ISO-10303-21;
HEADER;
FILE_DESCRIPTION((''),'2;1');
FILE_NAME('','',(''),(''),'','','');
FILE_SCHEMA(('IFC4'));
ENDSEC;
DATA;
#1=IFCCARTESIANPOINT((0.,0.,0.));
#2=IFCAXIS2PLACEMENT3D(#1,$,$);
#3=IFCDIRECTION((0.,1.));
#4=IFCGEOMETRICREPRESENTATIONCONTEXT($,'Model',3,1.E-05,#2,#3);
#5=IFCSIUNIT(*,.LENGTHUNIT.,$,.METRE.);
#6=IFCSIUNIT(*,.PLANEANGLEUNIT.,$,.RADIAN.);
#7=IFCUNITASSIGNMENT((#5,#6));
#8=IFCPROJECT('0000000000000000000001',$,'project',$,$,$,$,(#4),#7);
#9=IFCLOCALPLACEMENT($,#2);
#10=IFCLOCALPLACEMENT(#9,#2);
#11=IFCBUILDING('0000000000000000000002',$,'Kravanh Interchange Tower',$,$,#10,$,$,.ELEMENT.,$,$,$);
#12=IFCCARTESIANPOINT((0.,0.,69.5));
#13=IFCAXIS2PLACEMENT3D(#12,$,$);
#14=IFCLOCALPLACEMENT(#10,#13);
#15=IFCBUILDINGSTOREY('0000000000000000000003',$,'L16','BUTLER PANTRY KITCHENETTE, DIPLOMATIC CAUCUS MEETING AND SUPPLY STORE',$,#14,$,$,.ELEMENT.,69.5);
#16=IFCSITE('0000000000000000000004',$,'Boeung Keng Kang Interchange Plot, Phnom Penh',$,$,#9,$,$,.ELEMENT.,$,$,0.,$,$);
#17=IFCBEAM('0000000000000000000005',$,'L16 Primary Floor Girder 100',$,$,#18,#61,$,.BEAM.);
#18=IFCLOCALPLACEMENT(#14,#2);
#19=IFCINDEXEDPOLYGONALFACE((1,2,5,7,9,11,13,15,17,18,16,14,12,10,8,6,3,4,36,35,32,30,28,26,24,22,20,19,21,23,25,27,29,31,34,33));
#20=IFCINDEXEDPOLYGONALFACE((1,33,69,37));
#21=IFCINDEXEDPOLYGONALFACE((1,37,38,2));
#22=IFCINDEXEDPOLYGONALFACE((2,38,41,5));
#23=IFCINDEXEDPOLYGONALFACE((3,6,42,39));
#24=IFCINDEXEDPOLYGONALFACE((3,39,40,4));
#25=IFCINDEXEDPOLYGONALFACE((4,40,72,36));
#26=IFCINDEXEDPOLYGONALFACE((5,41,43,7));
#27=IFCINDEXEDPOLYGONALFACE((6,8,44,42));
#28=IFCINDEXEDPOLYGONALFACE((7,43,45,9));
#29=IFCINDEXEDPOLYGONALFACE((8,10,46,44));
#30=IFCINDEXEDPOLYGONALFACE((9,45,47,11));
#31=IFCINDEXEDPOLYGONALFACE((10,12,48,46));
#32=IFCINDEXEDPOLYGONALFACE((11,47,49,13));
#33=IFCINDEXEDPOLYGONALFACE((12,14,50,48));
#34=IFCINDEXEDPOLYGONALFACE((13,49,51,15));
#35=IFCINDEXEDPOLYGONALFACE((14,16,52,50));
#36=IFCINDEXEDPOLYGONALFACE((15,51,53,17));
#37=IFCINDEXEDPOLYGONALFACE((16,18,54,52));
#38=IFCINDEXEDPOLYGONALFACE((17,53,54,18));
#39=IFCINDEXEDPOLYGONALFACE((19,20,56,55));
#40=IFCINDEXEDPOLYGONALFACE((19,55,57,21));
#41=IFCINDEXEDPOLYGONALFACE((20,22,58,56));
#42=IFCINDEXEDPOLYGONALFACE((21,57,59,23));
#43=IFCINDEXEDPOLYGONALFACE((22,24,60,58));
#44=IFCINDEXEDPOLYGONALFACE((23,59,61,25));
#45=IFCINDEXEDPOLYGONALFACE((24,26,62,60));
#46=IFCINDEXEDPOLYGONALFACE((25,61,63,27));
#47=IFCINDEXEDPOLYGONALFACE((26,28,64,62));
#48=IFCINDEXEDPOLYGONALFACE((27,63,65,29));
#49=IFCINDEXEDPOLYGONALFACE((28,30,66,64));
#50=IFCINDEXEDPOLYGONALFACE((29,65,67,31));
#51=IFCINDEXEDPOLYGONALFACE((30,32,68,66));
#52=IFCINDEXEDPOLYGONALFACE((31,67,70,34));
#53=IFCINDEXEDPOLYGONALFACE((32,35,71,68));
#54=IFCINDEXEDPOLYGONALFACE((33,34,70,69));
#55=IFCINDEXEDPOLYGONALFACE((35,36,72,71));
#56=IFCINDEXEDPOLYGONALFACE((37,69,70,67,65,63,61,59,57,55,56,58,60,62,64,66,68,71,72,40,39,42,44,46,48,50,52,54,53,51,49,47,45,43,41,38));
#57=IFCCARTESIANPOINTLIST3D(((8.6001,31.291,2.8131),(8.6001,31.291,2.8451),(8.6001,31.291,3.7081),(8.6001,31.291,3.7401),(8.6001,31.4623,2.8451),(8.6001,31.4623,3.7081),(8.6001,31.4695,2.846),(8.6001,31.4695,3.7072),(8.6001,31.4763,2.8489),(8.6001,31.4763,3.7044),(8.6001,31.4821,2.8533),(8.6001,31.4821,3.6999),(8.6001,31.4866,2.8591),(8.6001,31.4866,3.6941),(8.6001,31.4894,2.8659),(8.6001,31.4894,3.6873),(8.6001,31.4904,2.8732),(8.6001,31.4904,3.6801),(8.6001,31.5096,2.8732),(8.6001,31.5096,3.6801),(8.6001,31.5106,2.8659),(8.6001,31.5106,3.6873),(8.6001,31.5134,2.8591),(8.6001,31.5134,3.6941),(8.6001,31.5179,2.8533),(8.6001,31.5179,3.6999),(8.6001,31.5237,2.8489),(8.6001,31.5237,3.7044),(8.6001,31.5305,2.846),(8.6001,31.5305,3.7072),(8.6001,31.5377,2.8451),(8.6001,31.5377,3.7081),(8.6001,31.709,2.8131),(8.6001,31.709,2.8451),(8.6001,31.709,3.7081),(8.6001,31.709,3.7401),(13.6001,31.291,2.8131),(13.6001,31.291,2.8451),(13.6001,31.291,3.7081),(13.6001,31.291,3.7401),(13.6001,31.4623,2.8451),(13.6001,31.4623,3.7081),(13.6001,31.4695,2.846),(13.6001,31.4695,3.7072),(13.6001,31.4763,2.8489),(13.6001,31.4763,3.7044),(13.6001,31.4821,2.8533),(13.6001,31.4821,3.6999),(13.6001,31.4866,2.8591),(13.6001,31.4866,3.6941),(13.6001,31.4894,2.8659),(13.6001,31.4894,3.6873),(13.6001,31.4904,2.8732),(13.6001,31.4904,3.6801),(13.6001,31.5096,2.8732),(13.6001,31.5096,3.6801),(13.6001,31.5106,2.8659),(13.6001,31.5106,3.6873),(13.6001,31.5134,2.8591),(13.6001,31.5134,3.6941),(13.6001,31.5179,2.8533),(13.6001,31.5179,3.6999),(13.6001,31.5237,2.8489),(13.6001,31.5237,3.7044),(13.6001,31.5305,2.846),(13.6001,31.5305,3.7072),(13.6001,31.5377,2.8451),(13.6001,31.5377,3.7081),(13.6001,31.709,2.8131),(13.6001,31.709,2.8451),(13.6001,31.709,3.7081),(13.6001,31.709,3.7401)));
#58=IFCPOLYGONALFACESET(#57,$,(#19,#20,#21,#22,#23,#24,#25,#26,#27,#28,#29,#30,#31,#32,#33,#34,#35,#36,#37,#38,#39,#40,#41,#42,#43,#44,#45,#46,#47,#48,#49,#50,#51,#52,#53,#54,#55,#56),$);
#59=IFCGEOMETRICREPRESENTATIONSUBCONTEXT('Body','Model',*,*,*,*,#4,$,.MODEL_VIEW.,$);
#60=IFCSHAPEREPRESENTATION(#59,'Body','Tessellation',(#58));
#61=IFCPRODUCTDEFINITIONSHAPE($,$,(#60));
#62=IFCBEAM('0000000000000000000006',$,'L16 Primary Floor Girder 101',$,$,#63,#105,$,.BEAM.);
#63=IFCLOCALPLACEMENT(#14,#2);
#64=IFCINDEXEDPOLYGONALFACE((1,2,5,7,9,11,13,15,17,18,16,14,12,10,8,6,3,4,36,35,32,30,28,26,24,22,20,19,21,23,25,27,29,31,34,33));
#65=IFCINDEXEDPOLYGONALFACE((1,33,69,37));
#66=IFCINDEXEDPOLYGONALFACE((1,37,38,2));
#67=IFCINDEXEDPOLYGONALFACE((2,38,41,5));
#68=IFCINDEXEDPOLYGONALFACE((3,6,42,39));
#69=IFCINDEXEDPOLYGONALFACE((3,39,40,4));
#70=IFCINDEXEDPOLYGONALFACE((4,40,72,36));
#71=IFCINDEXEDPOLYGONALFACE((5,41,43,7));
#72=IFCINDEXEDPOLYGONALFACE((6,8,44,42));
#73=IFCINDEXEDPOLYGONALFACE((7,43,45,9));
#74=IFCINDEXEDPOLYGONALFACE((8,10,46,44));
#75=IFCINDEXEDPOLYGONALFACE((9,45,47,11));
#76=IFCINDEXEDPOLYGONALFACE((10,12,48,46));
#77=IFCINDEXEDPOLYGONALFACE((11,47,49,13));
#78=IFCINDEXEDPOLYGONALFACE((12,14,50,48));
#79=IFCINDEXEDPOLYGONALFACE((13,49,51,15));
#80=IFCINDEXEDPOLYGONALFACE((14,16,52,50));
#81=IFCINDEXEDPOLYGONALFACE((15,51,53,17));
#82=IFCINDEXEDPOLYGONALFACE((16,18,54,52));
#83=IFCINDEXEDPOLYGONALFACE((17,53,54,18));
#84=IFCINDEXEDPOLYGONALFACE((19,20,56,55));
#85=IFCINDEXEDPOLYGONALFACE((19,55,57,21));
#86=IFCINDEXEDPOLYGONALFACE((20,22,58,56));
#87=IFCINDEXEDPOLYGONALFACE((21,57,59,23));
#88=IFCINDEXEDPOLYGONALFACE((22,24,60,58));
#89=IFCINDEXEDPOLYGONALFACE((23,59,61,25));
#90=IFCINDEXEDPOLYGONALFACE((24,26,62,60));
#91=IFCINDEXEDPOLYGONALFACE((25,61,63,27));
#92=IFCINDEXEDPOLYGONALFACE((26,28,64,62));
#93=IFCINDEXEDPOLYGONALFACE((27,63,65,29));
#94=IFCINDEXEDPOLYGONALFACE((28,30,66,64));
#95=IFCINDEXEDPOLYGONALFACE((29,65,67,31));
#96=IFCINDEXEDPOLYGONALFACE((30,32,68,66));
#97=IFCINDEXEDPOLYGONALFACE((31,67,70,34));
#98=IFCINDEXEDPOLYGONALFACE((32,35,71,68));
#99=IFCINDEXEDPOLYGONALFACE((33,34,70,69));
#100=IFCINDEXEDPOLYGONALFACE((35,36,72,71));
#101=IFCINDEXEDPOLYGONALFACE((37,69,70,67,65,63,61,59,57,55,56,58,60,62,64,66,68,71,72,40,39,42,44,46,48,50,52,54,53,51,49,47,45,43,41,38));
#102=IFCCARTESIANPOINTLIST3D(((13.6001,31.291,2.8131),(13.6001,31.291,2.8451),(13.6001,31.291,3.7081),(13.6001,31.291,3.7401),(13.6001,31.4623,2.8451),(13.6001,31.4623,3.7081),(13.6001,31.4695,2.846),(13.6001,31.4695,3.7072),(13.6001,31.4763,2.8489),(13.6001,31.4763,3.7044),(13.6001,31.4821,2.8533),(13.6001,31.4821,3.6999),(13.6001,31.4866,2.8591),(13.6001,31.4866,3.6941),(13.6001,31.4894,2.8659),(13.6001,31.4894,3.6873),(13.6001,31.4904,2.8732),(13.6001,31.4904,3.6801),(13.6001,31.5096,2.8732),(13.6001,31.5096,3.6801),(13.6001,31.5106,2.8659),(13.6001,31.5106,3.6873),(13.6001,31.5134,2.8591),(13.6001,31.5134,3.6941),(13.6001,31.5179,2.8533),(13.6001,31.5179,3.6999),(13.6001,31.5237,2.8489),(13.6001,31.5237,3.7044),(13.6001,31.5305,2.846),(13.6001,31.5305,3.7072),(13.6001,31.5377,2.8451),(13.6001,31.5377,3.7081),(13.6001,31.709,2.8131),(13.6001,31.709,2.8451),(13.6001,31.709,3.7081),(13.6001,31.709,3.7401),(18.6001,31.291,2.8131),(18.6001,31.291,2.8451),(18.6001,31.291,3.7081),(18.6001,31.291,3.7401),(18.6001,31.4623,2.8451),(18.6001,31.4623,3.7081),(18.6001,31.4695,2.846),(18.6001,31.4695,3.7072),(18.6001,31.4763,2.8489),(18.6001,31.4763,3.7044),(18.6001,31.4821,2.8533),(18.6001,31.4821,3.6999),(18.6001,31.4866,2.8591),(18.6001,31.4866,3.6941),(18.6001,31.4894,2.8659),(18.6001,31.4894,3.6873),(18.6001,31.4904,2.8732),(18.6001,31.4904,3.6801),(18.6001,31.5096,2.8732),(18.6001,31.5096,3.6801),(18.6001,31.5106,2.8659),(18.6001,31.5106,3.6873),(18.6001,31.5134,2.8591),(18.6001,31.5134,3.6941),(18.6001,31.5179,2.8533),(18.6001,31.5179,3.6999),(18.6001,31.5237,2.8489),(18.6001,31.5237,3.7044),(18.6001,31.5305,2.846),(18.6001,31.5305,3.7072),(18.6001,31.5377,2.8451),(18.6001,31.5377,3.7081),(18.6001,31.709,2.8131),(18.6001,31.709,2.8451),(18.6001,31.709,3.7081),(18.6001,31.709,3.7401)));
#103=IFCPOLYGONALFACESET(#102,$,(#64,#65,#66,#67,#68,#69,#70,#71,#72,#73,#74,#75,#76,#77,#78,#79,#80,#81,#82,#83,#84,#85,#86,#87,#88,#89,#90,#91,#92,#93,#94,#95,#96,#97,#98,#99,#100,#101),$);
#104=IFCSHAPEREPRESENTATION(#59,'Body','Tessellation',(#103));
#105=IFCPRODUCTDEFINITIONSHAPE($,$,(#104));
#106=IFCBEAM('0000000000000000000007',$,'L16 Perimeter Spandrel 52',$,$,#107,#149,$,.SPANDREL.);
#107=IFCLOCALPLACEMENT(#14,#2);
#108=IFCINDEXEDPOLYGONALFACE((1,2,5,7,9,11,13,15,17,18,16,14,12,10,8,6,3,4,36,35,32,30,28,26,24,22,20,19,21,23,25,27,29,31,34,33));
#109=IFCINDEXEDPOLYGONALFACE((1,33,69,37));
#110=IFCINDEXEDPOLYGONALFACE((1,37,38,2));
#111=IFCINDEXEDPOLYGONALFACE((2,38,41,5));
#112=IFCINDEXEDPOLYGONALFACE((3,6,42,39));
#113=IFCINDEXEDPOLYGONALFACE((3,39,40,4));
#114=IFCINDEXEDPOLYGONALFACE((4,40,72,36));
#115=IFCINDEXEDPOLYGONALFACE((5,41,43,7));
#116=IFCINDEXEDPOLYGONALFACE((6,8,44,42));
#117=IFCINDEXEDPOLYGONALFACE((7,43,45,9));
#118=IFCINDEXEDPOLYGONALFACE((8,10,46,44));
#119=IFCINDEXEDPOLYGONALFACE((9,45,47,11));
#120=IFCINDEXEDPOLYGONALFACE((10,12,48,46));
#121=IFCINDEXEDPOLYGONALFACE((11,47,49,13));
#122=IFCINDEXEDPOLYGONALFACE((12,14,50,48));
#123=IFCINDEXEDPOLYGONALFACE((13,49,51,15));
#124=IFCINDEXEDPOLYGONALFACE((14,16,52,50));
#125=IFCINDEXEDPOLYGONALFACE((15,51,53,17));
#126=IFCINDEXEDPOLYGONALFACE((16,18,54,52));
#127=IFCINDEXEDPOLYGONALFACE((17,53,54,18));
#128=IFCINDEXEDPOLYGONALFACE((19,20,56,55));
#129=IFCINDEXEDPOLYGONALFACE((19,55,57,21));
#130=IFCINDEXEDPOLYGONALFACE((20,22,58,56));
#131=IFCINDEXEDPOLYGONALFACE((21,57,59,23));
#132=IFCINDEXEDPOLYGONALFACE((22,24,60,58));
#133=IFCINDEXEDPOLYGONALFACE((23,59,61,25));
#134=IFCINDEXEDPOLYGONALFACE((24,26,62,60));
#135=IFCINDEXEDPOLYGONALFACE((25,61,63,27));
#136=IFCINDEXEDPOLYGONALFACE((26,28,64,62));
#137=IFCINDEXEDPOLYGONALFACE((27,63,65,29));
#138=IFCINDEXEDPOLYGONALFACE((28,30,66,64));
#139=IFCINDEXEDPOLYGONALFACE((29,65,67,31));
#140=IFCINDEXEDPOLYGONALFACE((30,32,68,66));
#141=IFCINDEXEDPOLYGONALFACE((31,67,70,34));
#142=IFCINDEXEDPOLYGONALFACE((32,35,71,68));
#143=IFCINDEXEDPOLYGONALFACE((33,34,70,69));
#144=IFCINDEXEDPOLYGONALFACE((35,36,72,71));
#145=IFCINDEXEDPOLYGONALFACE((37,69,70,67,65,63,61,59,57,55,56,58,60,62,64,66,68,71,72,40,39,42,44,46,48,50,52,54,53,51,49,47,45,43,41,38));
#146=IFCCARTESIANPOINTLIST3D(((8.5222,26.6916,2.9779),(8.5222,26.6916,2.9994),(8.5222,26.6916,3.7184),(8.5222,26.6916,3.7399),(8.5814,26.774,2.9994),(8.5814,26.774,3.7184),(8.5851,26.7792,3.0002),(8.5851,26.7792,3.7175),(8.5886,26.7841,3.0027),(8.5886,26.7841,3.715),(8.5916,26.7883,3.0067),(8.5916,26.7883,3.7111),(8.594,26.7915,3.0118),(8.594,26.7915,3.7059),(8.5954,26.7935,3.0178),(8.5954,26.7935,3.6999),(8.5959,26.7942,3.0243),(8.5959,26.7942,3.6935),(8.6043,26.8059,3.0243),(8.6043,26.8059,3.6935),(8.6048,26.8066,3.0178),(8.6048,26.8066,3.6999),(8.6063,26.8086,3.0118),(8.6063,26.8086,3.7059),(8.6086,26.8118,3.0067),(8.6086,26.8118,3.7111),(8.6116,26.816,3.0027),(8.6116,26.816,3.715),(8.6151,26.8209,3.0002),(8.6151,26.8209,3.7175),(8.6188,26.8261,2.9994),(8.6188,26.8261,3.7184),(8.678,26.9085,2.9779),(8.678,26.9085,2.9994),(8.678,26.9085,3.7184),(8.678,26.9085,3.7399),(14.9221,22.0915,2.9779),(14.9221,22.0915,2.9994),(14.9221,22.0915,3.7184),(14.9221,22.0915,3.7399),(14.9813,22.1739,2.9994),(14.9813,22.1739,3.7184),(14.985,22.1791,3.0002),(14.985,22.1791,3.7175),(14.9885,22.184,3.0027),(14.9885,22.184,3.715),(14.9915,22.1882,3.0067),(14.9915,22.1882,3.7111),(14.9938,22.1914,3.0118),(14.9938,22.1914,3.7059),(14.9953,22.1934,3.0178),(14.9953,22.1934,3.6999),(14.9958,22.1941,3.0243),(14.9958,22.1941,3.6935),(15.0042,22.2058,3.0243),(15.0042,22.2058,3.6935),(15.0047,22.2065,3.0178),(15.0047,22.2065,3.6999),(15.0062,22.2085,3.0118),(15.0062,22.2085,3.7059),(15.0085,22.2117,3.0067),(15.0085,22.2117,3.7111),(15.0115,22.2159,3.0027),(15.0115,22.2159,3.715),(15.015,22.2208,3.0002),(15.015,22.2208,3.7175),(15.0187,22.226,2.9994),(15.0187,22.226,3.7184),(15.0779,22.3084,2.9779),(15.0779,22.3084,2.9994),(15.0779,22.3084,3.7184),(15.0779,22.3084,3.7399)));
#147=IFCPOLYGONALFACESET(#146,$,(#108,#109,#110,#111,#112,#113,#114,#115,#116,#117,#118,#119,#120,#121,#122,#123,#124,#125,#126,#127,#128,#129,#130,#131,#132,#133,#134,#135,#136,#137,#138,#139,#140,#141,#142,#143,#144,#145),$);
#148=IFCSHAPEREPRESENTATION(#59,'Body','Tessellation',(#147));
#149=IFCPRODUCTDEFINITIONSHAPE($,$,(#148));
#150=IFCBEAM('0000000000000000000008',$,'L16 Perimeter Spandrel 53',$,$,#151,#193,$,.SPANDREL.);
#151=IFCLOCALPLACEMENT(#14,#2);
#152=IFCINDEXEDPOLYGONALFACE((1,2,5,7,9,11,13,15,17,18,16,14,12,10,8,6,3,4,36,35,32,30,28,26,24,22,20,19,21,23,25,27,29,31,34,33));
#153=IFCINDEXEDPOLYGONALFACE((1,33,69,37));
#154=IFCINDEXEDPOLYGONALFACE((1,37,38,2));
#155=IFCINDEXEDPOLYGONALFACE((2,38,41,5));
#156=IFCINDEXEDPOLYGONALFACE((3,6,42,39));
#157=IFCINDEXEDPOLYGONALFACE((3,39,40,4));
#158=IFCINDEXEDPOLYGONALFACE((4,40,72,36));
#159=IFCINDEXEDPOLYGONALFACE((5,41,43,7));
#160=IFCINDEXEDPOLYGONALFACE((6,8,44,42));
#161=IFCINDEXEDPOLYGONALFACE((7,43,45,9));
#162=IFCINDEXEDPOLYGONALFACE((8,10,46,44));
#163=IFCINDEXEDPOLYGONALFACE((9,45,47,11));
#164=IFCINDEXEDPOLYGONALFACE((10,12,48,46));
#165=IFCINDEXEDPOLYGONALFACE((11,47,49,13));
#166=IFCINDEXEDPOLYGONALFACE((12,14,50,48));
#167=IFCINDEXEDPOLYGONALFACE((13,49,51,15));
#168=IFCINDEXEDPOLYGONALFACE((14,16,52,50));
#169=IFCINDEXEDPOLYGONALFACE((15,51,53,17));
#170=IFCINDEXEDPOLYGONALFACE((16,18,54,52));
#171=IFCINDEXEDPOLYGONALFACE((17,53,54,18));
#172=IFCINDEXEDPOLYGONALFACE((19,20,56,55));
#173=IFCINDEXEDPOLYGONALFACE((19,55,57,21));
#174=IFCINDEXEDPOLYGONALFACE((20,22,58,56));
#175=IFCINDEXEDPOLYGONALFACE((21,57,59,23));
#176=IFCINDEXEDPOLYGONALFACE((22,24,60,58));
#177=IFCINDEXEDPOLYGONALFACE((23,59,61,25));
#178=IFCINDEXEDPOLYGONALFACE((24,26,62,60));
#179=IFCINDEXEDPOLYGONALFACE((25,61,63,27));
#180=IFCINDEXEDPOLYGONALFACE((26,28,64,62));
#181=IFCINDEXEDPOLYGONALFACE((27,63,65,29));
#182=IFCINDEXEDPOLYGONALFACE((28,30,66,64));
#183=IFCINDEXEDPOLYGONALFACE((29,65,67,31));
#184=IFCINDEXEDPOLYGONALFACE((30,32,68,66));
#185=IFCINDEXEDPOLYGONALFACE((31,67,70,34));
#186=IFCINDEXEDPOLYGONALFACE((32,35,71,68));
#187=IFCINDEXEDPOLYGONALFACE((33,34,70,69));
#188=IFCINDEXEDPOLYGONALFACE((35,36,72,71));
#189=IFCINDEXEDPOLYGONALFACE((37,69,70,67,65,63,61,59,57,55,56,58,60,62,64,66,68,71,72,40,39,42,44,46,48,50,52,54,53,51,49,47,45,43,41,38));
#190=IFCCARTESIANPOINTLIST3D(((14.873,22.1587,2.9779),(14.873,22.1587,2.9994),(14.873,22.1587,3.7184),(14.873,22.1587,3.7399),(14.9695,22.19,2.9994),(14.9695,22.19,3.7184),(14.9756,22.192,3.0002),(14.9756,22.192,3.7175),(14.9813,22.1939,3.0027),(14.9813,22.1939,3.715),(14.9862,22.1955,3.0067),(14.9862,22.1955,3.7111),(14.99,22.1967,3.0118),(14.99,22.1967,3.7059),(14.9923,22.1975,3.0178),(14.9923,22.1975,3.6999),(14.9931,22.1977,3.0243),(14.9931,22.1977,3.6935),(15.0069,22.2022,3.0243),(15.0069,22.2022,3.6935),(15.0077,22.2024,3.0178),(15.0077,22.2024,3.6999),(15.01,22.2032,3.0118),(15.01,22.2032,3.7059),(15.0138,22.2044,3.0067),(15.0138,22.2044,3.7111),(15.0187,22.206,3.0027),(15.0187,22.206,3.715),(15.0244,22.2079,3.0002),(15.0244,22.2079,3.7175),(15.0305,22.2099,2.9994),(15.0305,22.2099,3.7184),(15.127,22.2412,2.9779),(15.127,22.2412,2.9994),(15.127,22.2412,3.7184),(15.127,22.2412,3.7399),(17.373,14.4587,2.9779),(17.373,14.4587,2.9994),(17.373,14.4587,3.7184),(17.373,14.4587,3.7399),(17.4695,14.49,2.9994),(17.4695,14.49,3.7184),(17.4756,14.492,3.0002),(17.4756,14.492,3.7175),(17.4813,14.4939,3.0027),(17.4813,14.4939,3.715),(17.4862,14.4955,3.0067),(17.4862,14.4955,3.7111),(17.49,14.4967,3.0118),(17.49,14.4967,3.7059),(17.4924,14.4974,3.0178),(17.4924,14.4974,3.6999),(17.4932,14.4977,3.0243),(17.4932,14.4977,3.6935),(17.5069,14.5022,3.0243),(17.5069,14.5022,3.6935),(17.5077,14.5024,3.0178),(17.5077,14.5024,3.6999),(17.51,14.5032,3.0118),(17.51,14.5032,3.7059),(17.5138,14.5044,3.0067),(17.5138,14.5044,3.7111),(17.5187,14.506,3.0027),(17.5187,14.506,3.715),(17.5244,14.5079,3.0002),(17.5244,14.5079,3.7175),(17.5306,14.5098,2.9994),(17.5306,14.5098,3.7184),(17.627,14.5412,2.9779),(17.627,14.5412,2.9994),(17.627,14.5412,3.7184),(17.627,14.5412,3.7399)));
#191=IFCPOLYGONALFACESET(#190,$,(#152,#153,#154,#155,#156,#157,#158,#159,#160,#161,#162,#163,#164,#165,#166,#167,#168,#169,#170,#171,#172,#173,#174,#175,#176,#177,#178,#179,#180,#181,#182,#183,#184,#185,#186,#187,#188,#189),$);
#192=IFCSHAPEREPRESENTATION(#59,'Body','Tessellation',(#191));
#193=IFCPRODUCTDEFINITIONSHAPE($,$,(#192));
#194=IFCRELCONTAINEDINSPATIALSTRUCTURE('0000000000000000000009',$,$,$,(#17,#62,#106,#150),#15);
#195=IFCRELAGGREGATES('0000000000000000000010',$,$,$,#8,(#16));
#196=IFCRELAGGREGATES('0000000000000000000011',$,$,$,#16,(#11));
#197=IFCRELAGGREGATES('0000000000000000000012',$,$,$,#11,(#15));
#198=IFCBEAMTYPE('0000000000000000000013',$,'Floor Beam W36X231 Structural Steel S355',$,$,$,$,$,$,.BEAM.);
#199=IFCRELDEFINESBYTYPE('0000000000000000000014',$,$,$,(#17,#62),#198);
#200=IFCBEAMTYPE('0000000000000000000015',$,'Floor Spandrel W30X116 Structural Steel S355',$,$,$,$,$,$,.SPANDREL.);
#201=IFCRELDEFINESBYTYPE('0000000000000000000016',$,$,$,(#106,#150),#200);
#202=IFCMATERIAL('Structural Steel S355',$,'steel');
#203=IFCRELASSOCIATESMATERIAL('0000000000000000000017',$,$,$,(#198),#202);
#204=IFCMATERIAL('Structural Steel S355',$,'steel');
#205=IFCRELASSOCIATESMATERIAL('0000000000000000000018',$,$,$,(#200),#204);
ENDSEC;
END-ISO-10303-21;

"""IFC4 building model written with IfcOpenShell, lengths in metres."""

from ifc_helpers import new_model, si_unit, direction, frame, origin, origin_2d, place, context, subcontext, project, spatial, i_section, extrude, material, material_profile, profile_set, type_object, element, save


model = new_model("IFC4")

# Units and contexts
model_context = context("Model", 3, precision=1e-05, world=origin(), true_north=direction((0.0, 1.0)))
body_context = subcontext(model_context, "Body", "Model", "MODEL_VIEW")
ifc_project = project(units=[si_unit("LENGTHUNIT", "METRE"), si_unit("PLANEANGLEUNIT", "RADIAN")], contexts=[model_context])

# Site, building, storey
site_placement = place(None, origin())
site = spatial("IfcSite", under=ifc_project, at=site_placement, Name="Boeung Keng Kang Interchange Plot, Phnom Penh", CompositionType="ELEMENT", RefElevation=0.0)
building_placement = place(site_placement, origin())
building = spatial("IfcBuilding", under=site, at=building_placement, Name="Kravanh Interchange Tower", CompositionType="ELEMENT")
storey_placement = place(building_placement, frame((0.0, 0.0, 69.5)))
storey = spatial("IfcBuildingStorey", under=building, at=storey_placement, Name="L16", Description="BUTLER PANTRY KITCHENETTE, DIPLOMATIC CAUCUS MEETING AND SUPPLY STORE", CompositionType="ELEMENT", Elevation=69.5)

# Beams
ifc_material_1 = material(Name="Structural Steel S355", Category="steel")
ifc_material_profile_1 = material_profile(ifc_material_1, i_section(OverallWidth=0.418, OverallDepth=0.927, WebThickness=0.0193, FlangeThickness=0.032, FilletRadius=0.0281, at=origin_2d()), Name="W36X231")
ifc_profile_set_1 = profile_set([ifc_material_profile_1], Name="Structural Steel S355")
beam_type_1 = type_object("IfcBeamType", Name="Floor Beam W36X231 Structural Steel S355", PredefinedType="BEAM", material=ifc_profile_set_1)
for number, where, z_axis, x_axis, name in (
    (1, (8.6001, 31.5, 3.2766), (1.0, 0.0, 0.0), (0.0, 1.0, 0.0), "L16 Primary Floor Girder 100"),
    (2, (13.6001, 31.5, 3.2766), (1.0, 0.0, 0.0), (0.0, 1.0, 0.0), "L16 Primary Floor Girder 101"),
):
    element("IfcBeam", number, at=place(storey_placement, frame(where, z_axis=z_axis, x_axis=x_axis)), inside=storey, type_object=beam_type_1, Name=name, PredefinedType="BEAM", context=body_context, shape_type="SweptSolid", body=[
        extrude(i_section(OverallWidth=0.418, OverallDepth=0.927, WebThickness=0.0193, FlangeThickness=0.032, FilletRadius=0.0281, at=origin_2d()), origin(), (0.0, 0.0, 1.0), 5.0),
    ])
ifc_material_2 = material(Name="Structural Steel S355", Category="steel")
ifc_material_profile_2 = material_profile(ifc_material_2, i_section(OverallWidth=0.2671, OverallDepth=0.762, WebThickness=0.0144, FlangeThickness=0.0215, FilletRadius=0.0249, at=origin_2d()), Name="W30X116")
ifc_profile_set_2 = profile_set([ifc_material_profile_2], Name="Structural Steel S355")
beam_type_2 = type_object("IfcBeamType", Name="Floor Spandrel W30X116 Structural Steel S355", PredefinedType="SPANDREL", material=ifc_profile_set_2)
beam_1_placement = place(storey_placement, frame((15.0, 22.2, 3.3589), z_axis=(-0.812005, 0.58365, 0.0), x_axis=(-0.58365, -0.812005, 0.0)))
element("IfcBeam", 3, at=beam_1_placement, inside=storey, type_object=beam_type_2, Name="L16 Perimeter Spandrel 52", PredefinedType="SPANDREL", context=body_context, shape_type="SweptSolid", body=[
    extrude(i_section(OverallWidth=0.2671, OverallDepth=0.762, WebThickness=0.0144, FlangeThickness=0.0215, FilletRadius=0.0249, at=origin_2d()), origin(), (0.0, 0.0, 1.0), 7.8816),
])
beam_2_placement = place(storey_placement, frame((15.0, 22.2, 3.3589), z_axis=(0.308809, -0.951124, 0.0), x_axis=(0.951124, 0.308809, 0.0)))
element("IfcBeam", 4, at=beam_2_placement, inside=storey, type_object=beam_type_2, Name="L16 Perimeter Spandrel 53", PredefinedType="SPANDREL", context=body_context, shape_type="SweptSolid", body=[
    extrude(i_section(OverallWidth=0.2671, OverallDepth=0.762, WebThickness=0.0144, FlangeThickness=0.0215, FilletRadius=0.0249, at=origin_2d()), origin(), (0.0, 0.0, 1.0), 8.0957),
])

save(model, "model.ifc")
